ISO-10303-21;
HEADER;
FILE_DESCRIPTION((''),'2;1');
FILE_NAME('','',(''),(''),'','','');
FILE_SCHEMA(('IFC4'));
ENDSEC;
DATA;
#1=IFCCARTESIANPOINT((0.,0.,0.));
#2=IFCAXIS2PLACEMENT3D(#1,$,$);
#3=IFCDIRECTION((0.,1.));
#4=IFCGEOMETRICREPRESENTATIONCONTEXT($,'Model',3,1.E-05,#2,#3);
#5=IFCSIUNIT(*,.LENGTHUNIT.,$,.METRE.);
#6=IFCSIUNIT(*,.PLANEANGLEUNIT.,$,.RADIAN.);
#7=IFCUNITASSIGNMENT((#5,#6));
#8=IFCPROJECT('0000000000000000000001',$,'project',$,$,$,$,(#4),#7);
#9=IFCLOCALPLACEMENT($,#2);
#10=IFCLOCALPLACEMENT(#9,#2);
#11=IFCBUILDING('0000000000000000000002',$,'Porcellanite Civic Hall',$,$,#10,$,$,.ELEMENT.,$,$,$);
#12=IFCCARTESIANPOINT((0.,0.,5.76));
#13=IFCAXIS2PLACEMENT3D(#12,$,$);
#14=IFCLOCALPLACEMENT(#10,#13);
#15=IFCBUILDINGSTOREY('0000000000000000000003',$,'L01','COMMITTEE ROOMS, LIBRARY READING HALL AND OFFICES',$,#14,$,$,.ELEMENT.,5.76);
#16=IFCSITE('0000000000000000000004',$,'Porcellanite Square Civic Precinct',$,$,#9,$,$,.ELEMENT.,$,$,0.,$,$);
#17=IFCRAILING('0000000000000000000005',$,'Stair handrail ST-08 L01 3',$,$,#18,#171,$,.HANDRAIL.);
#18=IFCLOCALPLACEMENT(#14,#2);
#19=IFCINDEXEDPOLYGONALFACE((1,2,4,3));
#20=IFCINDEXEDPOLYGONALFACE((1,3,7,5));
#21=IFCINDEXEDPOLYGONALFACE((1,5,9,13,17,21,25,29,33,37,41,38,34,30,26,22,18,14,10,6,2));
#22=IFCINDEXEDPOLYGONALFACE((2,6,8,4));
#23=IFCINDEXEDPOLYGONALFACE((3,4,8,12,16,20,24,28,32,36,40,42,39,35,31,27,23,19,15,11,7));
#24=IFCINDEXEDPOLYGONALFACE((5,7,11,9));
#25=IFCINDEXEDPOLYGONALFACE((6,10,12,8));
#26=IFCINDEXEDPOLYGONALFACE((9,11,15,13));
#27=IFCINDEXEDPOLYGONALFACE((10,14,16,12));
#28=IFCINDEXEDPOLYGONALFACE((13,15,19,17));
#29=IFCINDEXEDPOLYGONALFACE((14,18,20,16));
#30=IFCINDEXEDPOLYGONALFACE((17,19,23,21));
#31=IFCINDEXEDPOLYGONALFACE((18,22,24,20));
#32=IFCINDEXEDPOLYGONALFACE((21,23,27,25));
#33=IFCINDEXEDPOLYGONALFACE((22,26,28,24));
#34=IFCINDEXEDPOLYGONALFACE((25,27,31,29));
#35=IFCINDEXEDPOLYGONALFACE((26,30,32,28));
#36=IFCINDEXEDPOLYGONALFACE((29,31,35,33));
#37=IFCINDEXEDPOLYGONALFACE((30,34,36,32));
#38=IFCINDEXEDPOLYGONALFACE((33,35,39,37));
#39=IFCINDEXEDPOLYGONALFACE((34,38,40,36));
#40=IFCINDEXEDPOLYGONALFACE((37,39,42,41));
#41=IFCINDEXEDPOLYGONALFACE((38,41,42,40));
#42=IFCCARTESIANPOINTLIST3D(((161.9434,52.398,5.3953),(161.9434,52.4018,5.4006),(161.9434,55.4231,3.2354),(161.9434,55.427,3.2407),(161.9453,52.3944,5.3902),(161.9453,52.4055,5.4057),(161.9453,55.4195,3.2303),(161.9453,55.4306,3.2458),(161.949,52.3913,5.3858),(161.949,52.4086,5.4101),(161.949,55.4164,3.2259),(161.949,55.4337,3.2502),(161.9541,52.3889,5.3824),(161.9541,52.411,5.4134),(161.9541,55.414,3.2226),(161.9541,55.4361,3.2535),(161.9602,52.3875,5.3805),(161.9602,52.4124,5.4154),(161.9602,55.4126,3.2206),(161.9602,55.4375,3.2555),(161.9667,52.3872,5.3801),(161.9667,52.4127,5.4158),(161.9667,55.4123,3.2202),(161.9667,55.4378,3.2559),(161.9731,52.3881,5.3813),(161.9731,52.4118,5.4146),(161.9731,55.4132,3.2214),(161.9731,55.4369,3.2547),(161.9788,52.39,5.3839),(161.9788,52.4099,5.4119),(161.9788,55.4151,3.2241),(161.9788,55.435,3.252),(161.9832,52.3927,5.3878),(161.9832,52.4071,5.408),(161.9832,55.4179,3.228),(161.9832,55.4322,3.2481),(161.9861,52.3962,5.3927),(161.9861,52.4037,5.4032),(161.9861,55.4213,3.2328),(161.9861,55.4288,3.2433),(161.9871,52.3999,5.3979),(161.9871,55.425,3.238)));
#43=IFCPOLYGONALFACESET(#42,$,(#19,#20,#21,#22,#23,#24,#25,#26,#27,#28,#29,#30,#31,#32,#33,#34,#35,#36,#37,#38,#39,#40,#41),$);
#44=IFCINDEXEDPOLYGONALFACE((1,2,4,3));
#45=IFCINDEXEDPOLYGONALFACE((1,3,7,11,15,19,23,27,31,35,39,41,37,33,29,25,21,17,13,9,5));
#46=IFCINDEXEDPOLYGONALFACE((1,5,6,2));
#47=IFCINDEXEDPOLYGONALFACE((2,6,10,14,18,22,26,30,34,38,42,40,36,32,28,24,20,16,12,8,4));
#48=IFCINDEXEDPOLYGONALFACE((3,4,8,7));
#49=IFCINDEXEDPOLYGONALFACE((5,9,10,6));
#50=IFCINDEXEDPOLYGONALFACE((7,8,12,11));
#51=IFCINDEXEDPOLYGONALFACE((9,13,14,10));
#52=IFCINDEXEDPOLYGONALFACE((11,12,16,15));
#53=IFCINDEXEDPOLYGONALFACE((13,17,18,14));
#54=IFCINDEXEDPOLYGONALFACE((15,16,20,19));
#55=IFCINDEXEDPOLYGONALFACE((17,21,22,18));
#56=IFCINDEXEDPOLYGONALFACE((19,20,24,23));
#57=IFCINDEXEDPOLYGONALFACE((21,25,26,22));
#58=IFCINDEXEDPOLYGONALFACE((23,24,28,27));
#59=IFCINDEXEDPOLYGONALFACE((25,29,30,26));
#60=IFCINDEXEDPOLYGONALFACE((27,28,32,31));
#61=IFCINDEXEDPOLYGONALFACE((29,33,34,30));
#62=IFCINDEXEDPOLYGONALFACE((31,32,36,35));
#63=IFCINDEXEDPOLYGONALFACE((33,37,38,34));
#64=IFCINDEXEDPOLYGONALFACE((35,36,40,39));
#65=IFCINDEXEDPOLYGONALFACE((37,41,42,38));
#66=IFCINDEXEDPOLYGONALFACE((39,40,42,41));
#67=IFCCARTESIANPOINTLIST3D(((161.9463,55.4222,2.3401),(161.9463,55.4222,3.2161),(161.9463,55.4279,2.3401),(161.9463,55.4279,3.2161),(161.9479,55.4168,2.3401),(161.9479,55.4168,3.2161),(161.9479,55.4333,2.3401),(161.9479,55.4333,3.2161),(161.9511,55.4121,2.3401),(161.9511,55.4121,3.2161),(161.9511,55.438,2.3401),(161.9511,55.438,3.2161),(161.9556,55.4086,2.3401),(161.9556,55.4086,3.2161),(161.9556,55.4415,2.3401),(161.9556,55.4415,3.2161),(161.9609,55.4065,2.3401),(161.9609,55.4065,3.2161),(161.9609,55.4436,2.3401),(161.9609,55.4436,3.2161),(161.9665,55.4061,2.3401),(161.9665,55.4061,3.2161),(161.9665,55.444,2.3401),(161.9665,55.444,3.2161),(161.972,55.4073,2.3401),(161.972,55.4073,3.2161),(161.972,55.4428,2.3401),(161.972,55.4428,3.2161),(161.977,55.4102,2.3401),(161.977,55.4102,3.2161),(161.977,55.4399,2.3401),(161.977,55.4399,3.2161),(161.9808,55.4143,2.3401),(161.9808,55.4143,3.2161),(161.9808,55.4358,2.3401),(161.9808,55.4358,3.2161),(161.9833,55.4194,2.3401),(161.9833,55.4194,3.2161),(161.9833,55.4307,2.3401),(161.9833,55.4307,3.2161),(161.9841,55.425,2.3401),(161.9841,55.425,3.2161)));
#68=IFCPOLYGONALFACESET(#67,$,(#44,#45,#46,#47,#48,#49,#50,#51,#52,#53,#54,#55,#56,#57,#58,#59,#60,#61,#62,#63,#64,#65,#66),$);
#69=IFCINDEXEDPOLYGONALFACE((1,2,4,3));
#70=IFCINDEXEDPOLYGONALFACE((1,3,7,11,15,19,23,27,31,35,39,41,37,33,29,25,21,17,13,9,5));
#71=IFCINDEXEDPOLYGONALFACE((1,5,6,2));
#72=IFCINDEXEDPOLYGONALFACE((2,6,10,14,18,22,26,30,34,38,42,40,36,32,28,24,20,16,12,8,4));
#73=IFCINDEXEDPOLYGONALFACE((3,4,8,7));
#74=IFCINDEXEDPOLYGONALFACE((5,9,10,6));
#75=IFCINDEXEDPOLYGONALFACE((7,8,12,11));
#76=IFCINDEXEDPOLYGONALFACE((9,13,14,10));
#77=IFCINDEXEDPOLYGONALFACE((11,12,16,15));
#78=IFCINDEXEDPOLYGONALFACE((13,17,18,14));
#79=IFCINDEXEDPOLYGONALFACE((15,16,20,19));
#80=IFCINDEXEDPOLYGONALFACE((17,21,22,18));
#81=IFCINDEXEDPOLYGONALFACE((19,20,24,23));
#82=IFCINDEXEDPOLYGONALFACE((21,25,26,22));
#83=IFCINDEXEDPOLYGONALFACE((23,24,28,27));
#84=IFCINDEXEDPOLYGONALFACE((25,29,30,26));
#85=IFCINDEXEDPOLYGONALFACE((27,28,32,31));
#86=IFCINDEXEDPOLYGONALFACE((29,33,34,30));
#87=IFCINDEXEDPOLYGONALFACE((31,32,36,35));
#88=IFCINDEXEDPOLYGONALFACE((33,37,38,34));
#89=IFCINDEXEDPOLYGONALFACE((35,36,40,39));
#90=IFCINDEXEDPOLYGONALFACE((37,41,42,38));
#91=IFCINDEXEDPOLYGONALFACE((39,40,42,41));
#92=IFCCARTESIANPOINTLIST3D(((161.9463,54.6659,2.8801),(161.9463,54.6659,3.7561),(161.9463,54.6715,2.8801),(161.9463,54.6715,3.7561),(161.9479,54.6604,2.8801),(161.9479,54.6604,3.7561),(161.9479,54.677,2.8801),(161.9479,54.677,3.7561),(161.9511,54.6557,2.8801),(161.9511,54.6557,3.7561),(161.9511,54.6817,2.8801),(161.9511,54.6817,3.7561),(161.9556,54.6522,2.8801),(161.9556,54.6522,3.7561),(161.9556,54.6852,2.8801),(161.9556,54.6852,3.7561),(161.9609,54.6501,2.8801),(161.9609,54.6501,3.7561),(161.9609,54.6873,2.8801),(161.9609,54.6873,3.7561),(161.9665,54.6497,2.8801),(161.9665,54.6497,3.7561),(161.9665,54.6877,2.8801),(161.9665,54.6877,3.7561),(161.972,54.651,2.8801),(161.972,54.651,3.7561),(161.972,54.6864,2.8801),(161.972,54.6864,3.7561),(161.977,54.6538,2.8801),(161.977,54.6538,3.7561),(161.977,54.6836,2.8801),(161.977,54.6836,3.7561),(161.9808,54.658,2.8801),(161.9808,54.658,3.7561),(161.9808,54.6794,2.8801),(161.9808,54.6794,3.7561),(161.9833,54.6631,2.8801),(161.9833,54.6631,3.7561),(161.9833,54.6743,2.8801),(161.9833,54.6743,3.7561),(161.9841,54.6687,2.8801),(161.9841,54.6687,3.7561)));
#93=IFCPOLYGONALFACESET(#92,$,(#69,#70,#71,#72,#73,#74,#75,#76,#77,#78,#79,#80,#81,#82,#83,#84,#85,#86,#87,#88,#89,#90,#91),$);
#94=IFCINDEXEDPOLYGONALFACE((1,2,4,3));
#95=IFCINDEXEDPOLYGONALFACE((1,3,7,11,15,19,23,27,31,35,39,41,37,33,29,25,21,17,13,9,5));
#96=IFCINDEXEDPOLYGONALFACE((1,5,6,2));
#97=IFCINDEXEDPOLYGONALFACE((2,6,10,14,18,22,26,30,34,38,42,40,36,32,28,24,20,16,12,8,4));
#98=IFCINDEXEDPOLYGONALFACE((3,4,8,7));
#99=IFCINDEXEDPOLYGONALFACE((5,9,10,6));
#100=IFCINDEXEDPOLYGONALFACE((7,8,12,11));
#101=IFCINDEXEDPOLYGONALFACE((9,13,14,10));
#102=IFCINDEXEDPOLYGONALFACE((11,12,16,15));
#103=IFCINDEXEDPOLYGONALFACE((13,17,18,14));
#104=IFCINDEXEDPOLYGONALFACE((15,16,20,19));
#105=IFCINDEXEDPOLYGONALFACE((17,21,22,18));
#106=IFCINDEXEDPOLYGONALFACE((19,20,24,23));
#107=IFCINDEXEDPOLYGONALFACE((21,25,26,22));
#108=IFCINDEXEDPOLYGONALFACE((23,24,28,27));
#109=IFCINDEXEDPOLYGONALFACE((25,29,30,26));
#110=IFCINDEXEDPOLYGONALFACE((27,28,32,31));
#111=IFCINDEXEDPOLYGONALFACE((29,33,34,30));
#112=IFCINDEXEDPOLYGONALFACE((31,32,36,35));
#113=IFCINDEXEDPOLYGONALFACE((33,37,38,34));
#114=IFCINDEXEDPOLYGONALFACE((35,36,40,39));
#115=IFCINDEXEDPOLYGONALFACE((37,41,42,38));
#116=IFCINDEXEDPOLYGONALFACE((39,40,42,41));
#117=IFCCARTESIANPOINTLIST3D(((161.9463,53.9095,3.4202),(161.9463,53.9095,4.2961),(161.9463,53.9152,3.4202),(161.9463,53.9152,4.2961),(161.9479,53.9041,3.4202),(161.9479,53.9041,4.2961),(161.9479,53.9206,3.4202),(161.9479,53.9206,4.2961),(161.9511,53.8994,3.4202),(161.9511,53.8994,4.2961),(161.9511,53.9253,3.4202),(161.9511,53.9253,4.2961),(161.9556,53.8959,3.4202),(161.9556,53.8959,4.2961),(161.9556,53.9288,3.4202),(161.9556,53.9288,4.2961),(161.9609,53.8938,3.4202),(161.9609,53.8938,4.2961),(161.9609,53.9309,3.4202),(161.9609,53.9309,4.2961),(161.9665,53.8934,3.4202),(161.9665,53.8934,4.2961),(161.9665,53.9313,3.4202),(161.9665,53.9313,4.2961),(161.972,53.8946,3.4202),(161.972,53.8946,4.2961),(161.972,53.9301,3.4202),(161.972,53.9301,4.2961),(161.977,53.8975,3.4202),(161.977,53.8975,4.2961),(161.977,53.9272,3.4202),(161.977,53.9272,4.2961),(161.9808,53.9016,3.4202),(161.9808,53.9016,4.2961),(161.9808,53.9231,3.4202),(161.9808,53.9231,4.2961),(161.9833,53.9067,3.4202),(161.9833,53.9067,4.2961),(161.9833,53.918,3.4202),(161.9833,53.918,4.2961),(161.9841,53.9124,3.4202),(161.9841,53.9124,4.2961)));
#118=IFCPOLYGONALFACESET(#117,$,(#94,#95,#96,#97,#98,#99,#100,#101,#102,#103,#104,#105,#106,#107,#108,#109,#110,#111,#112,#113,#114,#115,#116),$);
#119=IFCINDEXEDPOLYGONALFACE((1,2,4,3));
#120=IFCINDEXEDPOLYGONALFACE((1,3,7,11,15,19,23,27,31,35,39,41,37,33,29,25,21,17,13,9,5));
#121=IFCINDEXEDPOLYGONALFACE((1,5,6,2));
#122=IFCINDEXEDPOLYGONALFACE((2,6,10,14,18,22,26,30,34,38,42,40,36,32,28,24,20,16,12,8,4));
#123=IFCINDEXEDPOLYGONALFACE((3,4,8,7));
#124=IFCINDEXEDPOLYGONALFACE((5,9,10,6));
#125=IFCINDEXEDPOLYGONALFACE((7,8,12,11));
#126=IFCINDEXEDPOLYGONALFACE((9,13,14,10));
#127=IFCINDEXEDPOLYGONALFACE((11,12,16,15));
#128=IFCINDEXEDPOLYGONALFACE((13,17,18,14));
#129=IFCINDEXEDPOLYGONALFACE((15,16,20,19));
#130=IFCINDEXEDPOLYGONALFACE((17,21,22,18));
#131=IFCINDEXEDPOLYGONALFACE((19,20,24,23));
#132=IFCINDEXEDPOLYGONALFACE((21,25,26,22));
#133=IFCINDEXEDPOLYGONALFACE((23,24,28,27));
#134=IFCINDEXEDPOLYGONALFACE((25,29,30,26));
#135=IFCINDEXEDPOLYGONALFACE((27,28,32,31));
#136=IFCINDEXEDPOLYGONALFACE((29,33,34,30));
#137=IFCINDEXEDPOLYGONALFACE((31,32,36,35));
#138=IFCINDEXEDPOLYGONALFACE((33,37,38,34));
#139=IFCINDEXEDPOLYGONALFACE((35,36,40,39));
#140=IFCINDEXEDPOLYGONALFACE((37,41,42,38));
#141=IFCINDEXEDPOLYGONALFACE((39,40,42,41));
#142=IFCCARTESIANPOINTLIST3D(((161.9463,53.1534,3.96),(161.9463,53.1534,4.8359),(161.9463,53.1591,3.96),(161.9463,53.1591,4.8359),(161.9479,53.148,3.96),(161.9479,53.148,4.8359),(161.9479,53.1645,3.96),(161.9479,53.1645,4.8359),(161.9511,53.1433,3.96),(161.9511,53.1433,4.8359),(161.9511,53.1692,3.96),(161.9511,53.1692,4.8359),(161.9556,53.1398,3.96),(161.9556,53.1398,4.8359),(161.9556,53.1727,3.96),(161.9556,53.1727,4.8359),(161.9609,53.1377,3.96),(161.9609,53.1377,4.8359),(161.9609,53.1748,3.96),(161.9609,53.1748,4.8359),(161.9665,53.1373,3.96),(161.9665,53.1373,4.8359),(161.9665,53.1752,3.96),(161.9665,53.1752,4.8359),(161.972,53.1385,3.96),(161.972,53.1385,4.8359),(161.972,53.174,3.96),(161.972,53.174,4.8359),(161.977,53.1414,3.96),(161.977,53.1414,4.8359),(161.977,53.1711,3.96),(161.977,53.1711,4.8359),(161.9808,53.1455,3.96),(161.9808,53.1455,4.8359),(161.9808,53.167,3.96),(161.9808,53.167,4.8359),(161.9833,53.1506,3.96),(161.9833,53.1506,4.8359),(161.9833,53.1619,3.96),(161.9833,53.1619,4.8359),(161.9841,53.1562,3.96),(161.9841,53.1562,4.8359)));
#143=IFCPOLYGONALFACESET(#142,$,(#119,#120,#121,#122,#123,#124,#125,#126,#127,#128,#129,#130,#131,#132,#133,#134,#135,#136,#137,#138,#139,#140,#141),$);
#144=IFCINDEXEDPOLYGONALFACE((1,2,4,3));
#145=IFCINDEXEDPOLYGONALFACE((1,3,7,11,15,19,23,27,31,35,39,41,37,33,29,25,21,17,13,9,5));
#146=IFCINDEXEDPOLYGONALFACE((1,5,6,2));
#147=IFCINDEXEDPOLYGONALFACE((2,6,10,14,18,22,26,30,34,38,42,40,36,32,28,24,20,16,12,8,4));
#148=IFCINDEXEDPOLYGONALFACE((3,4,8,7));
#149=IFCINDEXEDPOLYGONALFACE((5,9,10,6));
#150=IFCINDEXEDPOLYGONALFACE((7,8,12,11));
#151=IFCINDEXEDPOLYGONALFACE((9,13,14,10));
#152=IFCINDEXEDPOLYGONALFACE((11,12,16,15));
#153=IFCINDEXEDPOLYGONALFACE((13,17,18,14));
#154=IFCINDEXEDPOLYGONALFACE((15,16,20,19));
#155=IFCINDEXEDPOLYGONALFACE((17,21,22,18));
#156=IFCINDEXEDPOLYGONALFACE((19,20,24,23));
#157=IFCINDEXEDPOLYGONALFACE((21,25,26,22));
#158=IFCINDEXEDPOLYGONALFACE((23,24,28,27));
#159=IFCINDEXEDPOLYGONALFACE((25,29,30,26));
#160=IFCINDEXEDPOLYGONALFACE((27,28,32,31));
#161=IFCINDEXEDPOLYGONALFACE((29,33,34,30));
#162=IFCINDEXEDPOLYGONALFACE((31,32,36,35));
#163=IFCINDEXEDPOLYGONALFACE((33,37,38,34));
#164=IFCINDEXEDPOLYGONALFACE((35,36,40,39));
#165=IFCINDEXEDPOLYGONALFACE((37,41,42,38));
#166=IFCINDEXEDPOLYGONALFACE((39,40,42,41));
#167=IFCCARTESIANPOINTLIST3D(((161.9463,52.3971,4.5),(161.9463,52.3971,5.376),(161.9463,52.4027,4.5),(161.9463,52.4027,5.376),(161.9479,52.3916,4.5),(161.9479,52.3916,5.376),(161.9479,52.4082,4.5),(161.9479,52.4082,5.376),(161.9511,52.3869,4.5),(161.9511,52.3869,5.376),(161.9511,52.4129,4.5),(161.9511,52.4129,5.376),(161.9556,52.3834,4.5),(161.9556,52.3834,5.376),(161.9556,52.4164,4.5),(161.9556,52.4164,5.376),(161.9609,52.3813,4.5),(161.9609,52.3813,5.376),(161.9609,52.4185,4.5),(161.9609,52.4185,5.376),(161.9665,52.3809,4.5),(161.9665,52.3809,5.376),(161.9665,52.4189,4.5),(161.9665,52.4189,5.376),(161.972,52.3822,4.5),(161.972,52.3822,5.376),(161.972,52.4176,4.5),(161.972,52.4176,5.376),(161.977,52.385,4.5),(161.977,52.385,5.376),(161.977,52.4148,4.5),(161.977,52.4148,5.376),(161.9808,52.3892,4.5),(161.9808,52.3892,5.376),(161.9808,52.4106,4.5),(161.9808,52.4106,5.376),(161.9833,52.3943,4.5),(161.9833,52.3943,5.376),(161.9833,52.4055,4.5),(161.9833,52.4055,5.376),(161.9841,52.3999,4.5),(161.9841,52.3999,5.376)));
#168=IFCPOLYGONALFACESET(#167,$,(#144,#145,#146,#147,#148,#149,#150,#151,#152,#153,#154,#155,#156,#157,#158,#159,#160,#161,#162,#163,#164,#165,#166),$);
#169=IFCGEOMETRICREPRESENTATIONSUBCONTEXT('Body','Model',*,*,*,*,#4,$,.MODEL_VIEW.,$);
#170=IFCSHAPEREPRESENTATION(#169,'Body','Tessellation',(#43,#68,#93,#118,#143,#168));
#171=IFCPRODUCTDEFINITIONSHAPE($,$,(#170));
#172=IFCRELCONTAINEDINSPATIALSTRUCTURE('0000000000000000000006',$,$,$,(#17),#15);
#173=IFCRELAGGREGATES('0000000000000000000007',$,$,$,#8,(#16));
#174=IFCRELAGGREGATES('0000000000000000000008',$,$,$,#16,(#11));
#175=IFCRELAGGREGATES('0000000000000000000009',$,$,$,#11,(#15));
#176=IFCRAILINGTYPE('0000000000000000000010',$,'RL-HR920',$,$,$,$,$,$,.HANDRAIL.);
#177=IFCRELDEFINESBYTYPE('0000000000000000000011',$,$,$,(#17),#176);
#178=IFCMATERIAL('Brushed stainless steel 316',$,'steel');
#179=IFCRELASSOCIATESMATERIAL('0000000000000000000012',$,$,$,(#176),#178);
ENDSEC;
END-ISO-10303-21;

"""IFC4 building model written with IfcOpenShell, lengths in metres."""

from ifc_helpers import new_model, si_unit, direction, frame, origin, origin_2d, place, context, subcontext, project, spatial, circle, extrude, material, type_object, element, save


model = new_model("IFC4")

# Units and contexts
model_context = context("Model", 3, precision=1e-05, world=origin(), true_north=direction((0.0, 1.0)))
body_context = subcontext(model_context, "Body", "Model", "MODEL_VIEW")
ifc_project = project(units=[si_unit("LENGTHUNIT", "METRE"), si_unit("PLANEANGLEUNIT", "RADIAN")], contexts=[model_context])

# Site, building, storey
site_placement = place(None, origin())
site = spatial("IfcSite", under=ifc_project, at=site_placement, Name="Porcellanite Square Civic Precinct", CompositionType="ELEMENT", RefElevation=0.0)
building_placement = place(site_placement, origin())
building = spatial("IfcBuilding", under=site, at=building_placement, Name="Porcellanite Civic Hall", CompositionType="ELEMENT")
storey_placement = place(building_placement, frame((0.0, 0.0, 5.76)))
storey = spatial("IfcBuildingStorey", under=building, at=storey_placement, Name="L01", Description="COMMITTEE ROOMS, LIBRARY READING HALL AND OFFICES", CompositionType="ELEMENT", Elevation=5.76)

# Railing
ifc_material_1 = material(Name="Brushed stainless steel 316", Category="steel")
railing_type_1 = type_object("IfcRailingType", Name="RL-HR920", PredefinedType="HANDRAIL", material=ifc_material_1)
railing_1_placement = place(storey_placement, frame((161.9651, 55.425, 2.3401)))
element("IfcRailing", 1, at=railing_1_placement, inside=storey, type_object=railing_type_1, Name="Stair handrail ST-08 L01 3", PredefinedType="HANDRAIL", context=body_context, shape_type="SweptSolid", body=[
    extrude(circle(Radius=0.022, at=origin_2d()), frame((0.0, 0.0, 0.8979), z_axis=(0.0, -0.813849, 0.581077), x_axis=(1.0, 0.0, 0.0)), (0.0, 0.0, 1.0), 3.717),
    extrude(circle(Radius=0.019, at=origin_2d()), origin(), (0.0, 0.0, 1.0), 0.876),
    extrude(circle(Radius=0.019, at=origin_2d()), frame((0.0, -0.7563, 0.54)), (0.0, 0.0, 1.0), 0.876),
    extrude(circle(Radius=0.019, at=origin_2d()), frame((0.0, -1.5127, 1.0801)), (0.0, 0.0, 1.0), 0.876),
    extrude(circle(Radius=0.019, at=origin_2d()), frame((0.0, -2.2688, 1.6199)), (0.0, 0.0, 1.0), 0.876),
    extrude(circle(Radius=0.019, at=origin_2d()), frame((0.0, -3.0251, 2.1599)), (0.0, 0.0, 1.0), 0.876),
])

save(model, "model.ifc")
